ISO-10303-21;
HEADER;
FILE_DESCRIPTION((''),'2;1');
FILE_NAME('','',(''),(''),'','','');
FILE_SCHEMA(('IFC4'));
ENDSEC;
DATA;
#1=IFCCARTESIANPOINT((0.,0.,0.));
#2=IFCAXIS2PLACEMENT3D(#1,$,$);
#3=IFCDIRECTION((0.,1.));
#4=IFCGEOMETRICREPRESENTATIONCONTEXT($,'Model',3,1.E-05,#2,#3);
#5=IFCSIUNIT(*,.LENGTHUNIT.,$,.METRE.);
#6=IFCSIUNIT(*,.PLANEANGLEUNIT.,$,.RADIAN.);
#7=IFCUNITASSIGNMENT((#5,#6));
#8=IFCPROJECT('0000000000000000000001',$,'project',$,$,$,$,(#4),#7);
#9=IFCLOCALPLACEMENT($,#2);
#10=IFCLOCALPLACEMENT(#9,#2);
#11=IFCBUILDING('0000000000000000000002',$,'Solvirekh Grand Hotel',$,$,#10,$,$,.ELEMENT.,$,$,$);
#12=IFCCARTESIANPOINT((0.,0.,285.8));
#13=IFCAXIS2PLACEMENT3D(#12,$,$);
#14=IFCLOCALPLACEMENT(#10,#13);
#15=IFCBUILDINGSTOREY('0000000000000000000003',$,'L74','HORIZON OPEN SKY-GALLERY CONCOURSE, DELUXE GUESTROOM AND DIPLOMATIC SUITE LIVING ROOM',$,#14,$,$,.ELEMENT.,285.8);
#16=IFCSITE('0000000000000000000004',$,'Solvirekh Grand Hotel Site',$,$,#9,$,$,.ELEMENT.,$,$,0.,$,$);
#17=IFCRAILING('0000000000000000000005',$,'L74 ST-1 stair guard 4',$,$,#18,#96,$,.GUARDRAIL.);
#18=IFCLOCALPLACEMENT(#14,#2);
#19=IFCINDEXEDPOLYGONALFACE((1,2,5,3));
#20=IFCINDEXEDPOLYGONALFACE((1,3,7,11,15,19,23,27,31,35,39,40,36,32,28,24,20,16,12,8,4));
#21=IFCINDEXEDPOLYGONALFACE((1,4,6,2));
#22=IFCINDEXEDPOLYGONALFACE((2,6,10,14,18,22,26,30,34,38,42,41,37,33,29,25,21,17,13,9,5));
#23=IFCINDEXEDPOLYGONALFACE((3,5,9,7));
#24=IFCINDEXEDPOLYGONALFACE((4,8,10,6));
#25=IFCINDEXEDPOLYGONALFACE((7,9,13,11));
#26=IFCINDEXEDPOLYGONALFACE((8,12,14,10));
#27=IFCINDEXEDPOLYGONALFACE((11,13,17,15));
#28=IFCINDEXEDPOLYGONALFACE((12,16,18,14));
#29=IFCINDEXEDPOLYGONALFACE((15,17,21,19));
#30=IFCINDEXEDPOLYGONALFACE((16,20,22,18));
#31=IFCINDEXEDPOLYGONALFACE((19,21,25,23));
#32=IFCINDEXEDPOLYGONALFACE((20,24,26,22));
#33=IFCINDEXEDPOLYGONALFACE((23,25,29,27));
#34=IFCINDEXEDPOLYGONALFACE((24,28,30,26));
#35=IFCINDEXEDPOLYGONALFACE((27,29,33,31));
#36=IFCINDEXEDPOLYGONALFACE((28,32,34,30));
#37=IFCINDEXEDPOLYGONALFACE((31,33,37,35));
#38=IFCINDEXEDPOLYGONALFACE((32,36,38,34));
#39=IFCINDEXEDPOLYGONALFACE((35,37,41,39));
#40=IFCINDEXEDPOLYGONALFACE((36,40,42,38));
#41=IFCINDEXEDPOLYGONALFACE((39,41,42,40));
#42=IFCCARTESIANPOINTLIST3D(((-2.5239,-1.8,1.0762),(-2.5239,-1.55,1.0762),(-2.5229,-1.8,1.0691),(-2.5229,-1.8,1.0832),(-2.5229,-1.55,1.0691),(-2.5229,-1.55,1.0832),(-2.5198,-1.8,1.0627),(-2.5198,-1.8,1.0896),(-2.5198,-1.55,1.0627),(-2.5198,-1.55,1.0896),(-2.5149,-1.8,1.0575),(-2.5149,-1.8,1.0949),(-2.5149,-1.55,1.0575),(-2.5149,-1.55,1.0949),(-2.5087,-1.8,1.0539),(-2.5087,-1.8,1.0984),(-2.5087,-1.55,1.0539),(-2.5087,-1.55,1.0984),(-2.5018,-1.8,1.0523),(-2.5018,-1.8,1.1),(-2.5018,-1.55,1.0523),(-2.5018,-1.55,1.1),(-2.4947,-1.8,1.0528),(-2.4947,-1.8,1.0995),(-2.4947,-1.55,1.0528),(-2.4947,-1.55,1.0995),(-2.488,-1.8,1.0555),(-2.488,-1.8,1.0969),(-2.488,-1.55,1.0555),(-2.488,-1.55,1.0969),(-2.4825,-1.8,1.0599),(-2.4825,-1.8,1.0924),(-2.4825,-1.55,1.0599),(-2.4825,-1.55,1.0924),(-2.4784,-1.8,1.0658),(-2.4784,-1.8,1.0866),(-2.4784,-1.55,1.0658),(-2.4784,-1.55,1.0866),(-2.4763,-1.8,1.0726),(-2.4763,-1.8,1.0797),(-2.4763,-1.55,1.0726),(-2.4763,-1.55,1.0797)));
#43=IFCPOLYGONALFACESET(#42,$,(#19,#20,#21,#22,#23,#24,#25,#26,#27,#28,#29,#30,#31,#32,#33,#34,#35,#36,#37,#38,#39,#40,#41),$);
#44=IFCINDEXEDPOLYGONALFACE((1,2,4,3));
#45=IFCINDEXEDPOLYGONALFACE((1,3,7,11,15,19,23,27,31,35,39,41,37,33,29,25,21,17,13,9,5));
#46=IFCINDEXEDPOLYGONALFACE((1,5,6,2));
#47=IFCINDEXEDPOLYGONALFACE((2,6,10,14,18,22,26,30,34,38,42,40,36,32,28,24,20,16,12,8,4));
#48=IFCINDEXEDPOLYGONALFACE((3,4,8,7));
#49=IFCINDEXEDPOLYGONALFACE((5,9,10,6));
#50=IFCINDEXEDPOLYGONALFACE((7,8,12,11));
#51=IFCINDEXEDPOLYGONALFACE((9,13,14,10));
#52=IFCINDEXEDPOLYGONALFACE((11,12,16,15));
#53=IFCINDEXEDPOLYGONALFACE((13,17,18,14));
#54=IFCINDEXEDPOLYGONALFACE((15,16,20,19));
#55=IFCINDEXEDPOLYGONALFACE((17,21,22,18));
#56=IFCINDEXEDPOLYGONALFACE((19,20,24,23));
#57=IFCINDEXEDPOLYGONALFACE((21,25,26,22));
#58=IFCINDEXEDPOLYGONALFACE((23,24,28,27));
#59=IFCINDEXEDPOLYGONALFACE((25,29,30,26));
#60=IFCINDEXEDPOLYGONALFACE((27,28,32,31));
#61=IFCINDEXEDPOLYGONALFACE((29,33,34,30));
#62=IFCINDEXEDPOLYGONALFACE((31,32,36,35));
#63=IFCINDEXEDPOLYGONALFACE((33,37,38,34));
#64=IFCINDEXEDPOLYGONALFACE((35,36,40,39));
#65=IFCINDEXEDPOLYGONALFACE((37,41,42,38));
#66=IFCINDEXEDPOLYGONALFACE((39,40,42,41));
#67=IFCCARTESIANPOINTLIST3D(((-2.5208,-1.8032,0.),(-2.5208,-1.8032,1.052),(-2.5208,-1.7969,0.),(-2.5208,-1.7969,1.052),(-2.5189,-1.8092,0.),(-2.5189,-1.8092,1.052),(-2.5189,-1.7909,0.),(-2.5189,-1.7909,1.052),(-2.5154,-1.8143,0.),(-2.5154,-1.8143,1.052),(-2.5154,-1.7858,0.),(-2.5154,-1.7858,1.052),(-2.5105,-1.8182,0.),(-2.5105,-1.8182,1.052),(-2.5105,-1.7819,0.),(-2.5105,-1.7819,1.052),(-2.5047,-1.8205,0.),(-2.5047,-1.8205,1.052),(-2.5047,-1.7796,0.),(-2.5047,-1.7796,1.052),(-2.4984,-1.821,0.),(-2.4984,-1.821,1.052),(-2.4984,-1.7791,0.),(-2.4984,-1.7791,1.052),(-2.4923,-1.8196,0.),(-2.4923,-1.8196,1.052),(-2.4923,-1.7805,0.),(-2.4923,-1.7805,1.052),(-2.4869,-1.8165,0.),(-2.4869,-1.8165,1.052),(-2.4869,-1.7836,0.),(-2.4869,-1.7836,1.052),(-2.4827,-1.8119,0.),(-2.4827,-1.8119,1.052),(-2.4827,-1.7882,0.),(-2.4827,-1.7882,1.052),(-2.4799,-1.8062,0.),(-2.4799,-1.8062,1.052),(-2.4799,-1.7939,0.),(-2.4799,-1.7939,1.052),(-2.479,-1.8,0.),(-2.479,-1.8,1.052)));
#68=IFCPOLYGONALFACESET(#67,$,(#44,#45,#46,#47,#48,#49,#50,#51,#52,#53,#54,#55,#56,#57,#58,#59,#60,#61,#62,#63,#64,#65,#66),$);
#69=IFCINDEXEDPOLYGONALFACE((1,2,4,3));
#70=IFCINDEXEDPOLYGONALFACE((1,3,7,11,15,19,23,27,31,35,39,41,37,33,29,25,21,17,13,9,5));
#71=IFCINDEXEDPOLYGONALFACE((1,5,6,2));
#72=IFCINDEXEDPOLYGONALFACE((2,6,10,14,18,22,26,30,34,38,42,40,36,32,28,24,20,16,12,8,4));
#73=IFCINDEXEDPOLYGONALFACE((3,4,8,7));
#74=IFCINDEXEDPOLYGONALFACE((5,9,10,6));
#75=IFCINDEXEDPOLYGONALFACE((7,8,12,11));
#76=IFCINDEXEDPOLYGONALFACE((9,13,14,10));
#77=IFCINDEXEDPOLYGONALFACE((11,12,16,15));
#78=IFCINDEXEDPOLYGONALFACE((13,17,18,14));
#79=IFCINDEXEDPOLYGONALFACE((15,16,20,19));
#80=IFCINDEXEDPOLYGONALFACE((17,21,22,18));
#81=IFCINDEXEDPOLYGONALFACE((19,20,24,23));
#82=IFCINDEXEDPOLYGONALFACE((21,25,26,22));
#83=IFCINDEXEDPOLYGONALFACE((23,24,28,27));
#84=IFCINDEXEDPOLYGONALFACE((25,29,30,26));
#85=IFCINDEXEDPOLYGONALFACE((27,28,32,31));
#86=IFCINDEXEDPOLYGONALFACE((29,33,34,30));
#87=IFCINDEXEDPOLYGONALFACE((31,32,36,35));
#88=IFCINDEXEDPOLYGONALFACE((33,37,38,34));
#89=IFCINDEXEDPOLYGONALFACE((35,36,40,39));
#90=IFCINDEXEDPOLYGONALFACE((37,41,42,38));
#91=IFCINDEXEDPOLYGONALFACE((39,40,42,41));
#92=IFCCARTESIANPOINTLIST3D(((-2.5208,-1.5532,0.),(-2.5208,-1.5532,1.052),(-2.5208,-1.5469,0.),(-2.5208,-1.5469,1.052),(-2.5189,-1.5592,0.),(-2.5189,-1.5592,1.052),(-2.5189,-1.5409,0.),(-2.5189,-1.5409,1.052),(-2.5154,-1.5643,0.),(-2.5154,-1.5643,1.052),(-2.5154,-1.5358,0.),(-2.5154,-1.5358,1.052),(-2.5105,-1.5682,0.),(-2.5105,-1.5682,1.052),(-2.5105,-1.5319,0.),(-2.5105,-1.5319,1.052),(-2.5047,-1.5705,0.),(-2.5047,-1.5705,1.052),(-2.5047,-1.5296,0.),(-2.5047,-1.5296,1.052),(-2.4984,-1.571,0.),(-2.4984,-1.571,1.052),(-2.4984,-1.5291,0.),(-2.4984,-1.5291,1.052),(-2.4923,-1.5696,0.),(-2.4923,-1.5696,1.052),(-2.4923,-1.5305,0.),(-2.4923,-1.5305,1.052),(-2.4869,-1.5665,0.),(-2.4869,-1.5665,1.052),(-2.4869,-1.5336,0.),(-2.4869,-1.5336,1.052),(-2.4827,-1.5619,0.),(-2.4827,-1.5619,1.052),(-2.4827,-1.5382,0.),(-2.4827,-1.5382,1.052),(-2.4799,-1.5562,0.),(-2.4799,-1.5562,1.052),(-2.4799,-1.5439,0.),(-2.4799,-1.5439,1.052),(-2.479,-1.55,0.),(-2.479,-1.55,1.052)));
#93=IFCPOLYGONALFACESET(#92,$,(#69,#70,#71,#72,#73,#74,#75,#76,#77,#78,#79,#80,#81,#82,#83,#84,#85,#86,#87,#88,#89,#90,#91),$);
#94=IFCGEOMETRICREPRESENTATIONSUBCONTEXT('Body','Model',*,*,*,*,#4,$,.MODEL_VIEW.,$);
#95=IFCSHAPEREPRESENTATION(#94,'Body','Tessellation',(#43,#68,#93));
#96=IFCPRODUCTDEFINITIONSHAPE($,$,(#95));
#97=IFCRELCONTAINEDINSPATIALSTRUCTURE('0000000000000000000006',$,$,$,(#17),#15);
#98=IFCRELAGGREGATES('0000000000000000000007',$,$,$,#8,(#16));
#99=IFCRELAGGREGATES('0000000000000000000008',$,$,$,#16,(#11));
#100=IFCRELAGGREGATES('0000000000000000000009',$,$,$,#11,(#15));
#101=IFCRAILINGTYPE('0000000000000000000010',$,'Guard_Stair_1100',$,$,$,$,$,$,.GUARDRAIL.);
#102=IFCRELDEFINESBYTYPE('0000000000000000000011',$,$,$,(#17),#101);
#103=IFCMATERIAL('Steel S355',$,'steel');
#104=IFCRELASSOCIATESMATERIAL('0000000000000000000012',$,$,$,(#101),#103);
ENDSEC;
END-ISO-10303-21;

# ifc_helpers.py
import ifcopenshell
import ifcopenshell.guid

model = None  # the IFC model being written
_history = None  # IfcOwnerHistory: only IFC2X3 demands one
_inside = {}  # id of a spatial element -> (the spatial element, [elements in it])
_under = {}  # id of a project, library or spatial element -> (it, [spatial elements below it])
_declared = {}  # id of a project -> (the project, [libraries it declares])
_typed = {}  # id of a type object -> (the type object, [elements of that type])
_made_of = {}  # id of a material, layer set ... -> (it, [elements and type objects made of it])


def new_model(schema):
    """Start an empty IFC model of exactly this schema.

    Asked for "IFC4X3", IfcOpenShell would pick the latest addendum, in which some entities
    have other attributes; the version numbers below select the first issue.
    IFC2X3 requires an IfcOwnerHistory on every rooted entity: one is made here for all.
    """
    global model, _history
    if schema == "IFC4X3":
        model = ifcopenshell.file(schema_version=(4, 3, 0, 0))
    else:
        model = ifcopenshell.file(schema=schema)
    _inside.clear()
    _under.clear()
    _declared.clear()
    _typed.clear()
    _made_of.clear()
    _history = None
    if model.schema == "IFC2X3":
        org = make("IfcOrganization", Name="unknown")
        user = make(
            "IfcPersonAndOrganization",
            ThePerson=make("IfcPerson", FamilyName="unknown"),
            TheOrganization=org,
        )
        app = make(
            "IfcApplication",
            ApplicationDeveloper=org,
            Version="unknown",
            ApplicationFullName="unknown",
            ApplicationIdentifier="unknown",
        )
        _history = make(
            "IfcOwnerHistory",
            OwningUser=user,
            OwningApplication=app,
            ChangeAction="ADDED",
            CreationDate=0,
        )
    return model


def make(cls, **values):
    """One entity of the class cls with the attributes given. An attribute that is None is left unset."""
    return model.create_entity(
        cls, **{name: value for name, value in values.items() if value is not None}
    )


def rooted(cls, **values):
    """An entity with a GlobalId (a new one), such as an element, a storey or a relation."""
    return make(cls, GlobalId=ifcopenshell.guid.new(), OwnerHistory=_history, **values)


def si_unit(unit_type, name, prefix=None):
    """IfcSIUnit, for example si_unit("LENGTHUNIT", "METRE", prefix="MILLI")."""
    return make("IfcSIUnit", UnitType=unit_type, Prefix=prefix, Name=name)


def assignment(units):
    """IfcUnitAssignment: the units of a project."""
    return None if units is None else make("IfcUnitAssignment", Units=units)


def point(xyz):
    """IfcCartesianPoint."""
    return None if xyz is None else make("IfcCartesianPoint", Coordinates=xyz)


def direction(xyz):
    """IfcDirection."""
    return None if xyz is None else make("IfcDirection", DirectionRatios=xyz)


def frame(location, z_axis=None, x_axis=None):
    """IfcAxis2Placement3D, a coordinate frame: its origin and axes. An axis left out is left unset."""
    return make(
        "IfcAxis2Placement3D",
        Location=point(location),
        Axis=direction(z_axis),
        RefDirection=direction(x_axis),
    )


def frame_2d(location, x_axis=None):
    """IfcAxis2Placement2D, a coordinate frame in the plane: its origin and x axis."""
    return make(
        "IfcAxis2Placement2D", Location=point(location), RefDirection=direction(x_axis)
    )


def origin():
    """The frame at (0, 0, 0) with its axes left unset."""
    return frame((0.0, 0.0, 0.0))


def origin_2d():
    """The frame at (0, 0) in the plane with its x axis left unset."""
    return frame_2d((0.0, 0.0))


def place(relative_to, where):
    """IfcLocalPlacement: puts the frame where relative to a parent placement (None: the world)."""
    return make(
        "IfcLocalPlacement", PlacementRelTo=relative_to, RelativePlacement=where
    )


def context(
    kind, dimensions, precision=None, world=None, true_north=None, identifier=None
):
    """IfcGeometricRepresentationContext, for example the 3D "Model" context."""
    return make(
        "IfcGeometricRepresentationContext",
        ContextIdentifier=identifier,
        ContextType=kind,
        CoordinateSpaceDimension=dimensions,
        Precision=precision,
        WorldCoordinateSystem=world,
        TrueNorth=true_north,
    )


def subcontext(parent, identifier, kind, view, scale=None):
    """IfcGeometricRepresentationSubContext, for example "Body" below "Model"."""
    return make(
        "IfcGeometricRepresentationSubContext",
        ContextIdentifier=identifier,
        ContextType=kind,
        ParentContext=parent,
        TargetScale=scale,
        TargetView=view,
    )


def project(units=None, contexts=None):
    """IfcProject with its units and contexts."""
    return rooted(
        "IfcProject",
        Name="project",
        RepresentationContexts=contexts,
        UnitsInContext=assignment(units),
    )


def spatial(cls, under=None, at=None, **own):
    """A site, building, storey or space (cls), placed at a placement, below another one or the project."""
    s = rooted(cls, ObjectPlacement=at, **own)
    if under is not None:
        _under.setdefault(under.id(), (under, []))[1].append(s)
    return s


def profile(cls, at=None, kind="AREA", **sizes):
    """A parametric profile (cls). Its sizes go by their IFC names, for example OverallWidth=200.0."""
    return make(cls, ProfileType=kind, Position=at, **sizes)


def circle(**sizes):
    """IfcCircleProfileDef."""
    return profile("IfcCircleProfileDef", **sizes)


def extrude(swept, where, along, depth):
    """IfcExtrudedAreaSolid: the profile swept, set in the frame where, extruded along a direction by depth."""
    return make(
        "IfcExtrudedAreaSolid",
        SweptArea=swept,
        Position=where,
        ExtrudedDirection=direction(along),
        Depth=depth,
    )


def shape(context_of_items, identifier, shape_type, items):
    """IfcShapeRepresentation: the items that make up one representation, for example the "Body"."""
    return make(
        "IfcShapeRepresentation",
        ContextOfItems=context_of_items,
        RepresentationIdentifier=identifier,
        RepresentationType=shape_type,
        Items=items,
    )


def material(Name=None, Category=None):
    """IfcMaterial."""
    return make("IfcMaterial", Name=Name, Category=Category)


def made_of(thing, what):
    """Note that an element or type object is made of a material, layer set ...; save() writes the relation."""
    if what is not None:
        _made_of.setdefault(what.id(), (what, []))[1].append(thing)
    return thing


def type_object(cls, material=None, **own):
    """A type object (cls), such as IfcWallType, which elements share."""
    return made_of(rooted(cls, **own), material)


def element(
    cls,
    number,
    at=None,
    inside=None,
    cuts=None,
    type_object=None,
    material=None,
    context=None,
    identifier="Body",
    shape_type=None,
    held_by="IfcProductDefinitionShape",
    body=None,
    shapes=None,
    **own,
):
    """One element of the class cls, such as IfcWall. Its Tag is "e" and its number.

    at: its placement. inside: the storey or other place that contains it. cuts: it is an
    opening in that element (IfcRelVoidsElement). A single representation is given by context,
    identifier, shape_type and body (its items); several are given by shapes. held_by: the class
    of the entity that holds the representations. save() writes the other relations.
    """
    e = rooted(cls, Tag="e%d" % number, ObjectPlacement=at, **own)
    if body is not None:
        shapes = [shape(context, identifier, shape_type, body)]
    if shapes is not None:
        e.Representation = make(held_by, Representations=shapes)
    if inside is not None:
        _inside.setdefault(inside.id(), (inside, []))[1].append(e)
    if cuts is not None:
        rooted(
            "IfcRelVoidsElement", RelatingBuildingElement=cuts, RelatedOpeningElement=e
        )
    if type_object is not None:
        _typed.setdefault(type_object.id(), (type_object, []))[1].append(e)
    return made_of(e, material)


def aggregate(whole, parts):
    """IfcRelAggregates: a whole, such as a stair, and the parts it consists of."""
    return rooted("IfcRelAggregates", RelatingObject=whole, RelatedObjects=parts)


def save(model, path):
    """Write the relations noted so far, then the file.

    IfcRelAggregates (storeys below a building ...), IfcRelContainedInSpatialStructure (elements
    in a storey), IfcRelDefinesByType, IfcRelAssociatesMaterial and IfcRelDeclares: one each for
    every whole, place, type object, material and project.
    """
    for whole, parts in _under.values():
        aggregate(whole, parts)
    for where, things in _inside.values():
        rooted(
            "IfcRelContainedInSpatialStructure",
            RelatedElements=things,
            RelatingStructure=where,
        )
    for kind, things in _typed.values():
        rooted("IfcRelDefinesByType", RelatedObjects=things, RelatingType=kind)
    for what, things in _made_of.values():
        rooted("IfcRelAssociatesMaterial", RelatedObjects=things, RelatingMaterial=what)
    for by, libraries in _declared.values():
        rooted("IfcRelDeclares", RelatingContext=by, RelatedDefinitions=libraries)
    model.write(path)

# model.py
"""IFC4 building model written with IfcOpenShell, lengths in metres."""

from ifc_helpers import new_model, si_unit, direction, frame, origin, origin_2d, place, context, subcontext, project, spatial, circle, extrude, material, type_object, element, save


model = new_model("IFC4")

# Units and contexts
model_context = context("Model", 3, precision=1e-05, world=origin(), true_north=direction((0.0, 1.0)))
body_context = subcontext(model_context, "Body", "Model", "MODEL_VIEW")
ifc_project = project(units=[si_unit("LENGTHUNIT", "METRE"), si_unit("PLANEANGLEUNIT", "RADIAN")], contexts=[model_context])

# Site, building, storey
site_placement = place(None, origin())
site = spatial("IfcSite", under=ifc_project, at=site_placement, Name="Solvirekh Grand Hotel Site", CompositionType="ELEMENT", RefElevation=0.0)
building_placement = place(site_placement, origin())
building = spatial("IfcBuilding", under=site, at=building_placement, Name="Solvirekh Grand Hotel", CompositionType="ELEMENT")
storey_placement = place(building_placement, frame((0.0, 0.0, 285.8)))
storey = spatial("IfcBuildingStorey", under=building, at=storey_placement, Name="L74", Description="HORIZON OPEN SKY-GALLERY CONCOURSE, DELUXE GUESTROOM AND DIPLOMATIC SUITE LIVING ROOM", CompositionType="ELEMENT", Elevation=285.8)

# Railing
ifc_material_1 = material(Name="Steel S355", Category="steel")
railing_type_1 = type_object("IfcRailingType", Name="Guard_Stair_1100", PredefinedType="GUARDRAIL", material=ifc_material_1)
railing_1_placement = place(storey_placement, frame((-2.5, -1.8, 0.0)))
element("IfcRailing", 1, at=railing_1_placement, inside=storey, type_object=railing_type_1, Name="L74 ST-1 stair guard 4", PredefinedType="GUARDRAIL", context=body_context, shape_type="SweptSolid", body=[
    extrude(circle(Radius=0.0239, at=origin_2d()), frame((0.0, 0.0, 1.0762), z_axis=(0.0, 1.0, 0.0), x_axis=(-1.0, 0.0, 0.0)), (0.0, 0.0, 1.0), 0.25),
    extrude(circle(Radius=0.021, at=origin_2d()), origin(), (0.0, 0.0, 1.0), 1.052),
    extrude(circle(Radius=0.021, at=origin_2d()), frame((0.0, 0.25, 0.0)), (0.0, 0.0, 1.0), 1.052),
])

save(model, "model.ifc")
